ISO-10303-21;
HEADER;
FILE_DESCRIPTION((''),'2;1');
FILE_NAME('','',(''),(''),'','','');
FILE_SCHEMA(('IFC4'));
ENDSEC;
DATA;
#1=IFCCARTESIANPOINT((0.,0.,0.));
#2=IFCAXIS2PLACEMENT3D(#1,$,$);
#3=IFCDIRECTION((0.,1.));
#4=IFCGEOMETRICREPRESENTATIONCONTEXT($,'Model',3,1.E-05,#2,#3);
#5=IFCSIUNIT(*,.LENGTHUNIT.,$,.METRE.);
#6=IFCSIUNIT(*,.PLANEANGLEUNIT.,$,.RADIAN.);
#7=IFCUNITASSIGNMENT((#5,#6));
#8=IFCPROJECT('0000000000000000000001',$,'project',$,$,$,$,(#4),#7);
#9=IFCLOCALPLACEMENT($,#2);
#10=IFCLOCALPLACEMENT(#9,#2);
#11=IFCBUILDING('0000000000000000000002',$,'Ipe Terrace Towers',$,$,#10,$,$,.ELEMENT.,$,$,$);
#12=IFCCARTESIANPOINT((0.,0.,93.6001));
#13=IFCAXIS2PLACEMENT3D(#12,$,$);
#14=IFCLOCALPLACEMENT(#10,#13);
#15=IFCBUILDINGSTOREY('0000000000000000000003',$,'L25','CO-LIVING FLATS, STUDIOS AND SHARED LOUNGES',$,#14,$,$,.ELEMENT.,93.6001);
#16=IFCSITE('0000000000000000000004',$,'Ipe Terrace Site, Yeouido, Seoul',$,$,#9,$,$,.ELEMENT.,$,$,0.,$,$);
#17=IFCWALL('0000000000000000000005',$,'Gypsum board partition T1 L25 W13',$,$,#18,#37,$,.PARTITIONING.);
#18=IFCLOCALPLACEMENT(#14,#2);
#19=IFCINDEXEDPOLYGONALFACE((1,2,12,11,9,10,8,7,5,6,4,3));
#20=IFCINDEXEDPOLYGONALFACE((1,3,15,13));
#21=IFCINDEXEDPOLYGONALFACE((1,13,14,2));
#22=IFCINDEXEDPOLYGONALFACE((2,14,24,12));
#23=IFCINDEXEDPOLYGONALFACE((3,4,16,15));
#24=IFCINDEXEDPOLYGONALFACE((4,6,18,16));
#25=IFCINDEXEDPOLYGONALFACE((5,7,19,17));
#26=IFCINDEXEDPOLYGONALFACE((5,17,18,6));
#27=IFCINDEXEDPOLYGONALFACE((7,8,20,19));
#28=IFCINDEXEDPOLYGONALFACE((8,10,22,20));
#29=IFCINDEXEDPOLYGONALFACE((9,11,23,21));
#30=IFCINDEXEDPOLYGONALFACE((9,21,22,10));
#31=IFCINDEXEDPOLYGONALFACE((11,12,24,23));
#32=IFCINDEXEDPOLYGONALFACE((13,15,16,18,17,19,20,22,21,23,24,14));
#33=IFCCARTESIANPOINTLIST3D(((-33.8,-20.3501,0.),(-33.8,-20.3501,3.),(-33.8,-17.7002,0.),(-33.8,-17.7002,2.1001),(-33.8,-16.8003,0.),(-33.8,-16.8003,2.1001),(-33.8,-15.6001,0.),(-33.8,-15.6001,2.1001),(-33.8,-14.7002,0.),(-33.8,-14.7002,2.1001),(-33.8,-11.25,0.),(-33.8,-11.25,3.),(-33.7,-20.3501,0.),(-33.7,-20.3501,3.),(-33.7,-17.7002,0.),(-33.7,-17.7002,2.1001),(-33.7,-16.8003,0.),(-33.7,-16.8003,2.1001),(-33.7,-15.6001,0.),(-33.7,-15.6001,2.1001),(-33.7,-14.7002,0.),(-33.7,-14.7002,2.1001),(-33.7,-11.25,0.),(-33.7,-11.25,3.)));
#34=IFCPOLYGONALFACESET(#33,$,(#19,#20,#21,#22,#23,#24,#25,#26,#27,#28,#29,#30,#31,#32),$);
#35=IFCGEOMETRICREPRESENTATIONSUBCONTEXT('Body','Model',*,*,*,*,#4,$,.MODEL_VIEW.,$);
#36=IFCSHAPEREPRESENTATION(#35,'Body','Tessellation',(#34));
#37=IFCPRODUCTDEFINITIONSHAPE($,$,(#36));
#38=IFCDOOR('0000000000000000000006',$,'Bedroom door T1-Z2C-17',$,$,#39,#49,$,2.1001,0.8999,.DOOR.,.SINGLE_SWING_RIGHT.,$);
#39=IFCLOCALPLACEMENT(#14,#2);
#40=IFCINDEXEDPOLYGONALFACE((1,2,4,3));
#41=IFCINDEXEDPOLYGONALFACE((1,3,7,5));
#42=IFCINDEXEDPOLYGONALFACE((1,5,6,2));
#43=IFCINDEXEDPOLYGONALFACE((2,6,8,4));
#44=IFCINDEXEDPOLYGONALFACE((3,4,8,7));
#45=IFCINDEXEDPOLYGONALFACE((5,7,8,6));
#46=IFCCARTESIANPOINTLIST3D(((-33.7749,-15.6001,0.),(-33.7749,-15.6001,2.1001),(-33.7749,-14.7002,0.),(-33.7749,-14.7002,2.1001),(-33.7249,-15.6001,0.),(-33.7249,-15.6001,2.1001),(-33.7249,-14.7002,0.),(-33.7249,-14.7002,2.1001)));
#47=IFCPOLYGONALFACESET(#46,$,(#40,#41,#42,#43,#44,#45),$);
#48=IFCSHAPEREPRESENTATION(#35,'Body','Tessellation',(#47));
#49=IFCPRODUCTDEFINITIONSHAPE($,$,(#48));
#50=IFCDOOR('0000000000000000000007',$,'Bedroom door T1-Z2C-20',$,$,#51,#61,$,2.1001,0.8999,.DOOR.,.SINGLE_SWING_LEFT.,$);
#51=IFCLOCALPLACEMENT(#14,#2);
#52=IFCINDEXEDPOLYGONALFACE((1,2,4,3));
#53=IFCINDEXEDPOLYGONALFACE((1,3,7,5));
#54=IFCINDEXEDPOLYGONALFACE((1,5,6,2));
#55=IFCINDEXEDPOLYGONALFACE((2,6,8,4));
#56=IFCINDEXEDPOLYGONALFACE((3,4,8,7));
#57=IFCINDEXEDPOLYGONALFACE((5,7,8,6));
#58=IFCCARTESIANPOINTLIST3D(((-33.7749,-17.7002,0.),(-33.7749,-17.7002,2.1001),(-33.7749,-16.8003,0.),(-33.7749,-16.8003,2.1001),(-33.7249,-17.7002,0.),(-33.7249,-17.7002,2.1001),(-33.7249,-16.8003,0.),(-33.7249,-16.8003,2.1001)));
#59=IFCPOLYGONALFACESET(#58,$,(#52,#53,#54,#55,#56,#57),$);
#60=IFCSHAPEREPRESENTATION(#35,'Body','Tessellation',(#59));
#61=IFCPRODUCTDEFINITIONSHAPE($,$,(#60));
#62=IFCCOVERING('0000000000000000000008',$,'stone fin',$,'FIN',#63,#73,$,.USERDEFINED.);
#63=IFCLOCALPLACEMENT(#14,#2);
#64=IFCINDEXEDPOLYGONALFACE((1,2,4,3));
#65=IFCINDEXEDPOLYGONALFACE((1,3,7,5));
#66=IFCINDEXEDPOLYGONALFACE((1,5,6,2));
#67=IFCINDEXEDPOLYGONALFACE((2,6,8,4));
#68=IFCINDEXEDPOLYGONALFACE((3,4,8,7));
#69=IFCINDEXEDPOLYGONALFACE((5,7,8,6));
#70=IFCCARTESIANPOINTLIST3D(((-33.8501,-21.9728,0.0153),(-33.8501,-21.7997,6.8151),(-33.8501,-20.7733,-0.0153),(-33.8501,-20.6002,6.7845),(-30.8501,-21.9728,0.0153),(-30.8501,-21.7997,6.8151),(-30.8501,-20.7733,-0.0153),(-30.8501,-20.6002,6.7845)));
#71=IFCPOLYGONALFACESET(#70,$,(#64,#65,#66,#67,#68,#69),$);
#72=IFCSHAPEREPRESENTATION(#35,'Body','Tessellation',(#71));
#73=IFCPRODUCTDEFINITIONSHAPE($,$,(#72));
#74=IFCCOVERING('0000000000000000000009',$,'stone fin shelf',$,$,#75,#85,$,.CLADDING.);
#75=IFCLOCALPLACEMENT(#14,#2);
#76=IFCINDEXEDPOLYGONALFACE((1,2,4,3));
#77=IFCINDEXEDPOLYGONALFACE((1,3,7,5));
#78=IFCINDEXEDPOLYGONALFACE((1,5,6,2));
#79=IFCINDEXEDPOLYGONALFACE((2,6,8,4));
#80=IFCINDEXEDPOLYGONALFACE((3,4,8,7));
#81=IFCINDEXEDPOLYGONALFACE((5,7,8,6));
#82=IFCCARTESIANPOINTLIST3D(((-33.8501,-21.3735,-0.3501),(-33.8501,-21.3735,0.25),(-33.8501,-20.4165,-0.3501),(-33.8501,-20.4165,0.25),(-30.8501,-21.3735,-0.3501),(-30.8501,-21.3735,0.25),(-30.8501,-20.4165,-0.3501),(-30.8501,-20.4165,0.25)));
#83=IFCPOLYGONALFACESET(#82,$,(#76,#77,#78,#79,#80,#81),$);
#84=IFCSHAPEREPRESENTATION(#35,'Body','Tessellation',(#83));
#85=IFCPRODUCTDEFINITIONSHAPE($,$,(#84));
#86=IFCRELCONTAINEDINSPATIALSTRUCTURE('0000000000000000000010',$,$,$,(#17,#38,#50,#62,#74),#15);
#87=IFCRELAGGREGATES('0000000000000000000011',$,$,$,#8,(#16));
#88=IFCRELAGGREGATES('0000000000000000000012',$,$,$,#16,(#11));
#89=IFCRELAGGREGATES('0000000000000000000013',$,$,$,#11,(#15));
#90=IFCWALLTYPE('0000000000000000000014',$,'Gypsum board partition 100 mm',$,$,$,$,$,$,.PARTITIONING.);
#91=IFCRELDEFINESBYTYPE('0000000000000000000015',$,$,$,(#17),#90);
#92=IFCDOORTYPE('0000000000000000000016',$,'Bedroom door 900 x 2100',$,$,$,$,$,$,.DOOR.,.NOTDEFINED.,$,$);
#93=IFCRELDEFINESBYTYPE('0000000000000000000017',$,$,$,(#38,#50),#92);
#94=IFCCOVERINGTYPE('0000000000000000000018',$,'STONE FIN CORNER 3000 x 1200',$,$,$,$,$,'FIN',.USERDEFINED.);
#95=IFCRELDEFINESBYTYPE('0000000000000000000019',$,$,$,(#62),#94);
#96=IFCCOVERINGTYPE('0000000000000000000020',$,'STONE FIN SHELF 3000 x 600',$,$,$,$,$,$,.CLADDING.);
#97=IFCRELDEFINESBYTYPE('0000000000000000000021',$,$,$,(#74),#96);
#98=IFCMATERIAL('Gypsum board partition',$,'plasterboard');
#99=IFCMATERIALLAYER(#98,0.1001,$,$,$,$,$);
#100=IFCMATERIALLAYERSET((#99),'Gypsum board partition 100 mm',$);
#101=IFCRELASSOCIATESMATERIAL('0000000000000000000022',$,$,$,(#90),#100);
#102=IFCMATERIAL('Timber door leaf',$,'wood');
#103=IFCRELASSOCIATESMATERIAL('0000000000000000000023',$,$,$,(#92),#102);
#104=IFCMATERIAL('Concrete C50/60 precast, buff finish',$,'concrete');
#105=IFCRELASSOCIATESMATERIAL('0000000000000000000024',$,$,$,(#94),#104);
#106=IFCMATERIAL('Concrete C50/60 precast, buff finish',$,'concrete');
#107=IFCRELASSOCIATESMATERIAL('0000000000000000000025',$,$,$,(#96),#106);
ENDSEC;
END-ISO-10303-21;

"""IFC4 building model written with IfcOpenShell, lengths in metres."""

from ifc_helpers import new_model, si_unit, direction, frame, frame_2d, origin, origin_2d, place, context, subcontext, project, spatial, rectangle, extrude, material, layer, layer_set, material_profile, profile_set, type_object, element, fill, save


model = new_model("IFC4")

# Units and contexts
model_context = context("Model", 3, precision=1e-05, world=origin(), true_north=direction((0.0, 1.0)))
body_context = subcontext(model_context, "Body", "Model", "MODEL_VIEW")
ifc_project = project(units=[si_unit("LENGTHUNIT", "METRE"), si_unit("PLANEANGLEUNIT", "RADIAN")], contexts=[model_context])

# Site, building, storey
site_placement = place(None, origin())
site = spatial("IfcSite", under=ifc_project, at=site_placement, Name="Ipe Terrace Site, Yeouido, Seoul", CompositionType="ELEMENT", RefElevation=0.0)
building_placement = place(site_placement, origin())
building = spatial("IfcBuilding", under=site, at=building_placement, Name="Ipe Terrace Towers", CompositionType="ELEMENT")
storey_placement = place(building_placement, frame((0.0, 0.0, 93.6001)))
storey = spatial("IfcBuildingStorey", under=building, at=storey_placement, Name="L25", Description="CO-LIVING FLATS, STUDIOS AND SHARED LOUNGES", CompositionType="ELEMENT", Elevation=93.6001)

# Wall, openings, doors
ifc_material_1 = material(Name="Gypsum board partition", Category="plasterboard")
ifc_layer_1 = layer(ifc_material_1, 0.1001)
ifc_layer_set_1 = layer_set([ifc_layer_1], Name="Gypsum board partition 100 mm")
wall_type_1 = type_object("IfcWallType", Name="Gypsum board partition 100 mm", PredefinedType="PARTITIONING", material=ifc_layer_set_1)
ifc_material_2 = material(Name="Timber door leaf", Category="wood")
door_type = type_object("IfcDoorType", Name="Bedroom door 900 x 2100", OperationType="NOTDEFINED", PredefinedType="DOOR", material=ifc_material_2)
wall_1_placement = place(storey_placement, frame((-33.75, -20.3501, 0.0), z_axis=(0.0, 0.0, 1.0), x_axis=(0.0, 1.0, 0.0)))
wall_1 = element("IfcWall", 1, at=wall_1_placement, inside=storey, type_object=wall_type_1, Name="Gypsum board partition T1 L25 W13", PredefinedType="PARTITIONING", context=body_context, shape_type="SweptSolid", body=[
    extrude(rectangle(XDim=9.1001, YDim=0.1001, at=frame_2d((4.55, 0.0))), origin(), (0.0, 0.0, 1.0), 3.0),
])
opening_1_placement = place(wall_1_placement, frame((4.75, 0.0, 0.0)))
opening_1 = element("IfcOpeningElement", 2, at=opening_1_placement, cuts=wall_1, PredefinedType="OPENING", context=body_context, shape_type="SweptSolid", body=[
    extrude(rectangle(XDim=0.8999, YDim=2.1001, at=frame_2d((0.45, 1.05))), frame((0.0, 0.0601, 0.0), z_axis=(0.0, -1.0, 0.0), x_axis=(1.0, 0.0, 0.0)), (0.0, 0.0, 1.0), 0.1201),
])
opening_2_placement = place(wall_1_placement, frame((2.6499, 0.0, 0.0)))
opening_2 = element("IfcOpeningElement", 3, at=opening_2_placement, cuts=wall_1, PredefinedType="OPENING", context=body_context, shape_type="SweptSolid", body=[
    extrude(rectangle(XDim=0.8999, YDim=2.1001, at=frame_2d((0.45, 1.05))), frame((0.0, 0.0601, 0.0), z_axis=(0.0, -1.0, 0.0), x_axis=(1.0, 0.0, 0.0)), (0.0, 0.0, 1.0), 0.1201),
])
door_1_placement = place(opening_1_placement, origin())
door_1 = element("IfcDoor", 4, at=door_1_placement, inside=storey, type_object=door_type, Name="Bedroom door T1-Z2C-17", OperationType="SINGLE_SWING_RIGHT", OverallHeight=2.1001, OverallWidth=0.8999, PredefinedType="DOOR", context=body_context, shape_type="SweptSolid", body=[
    extrude(rectangle(XDim=0.8999, YDim=2.1001, at=frame_2d((0.45, 1.05))), frame((0.0, 0.0249, 0.0), z_axis=(0.0, -1.0, 0.0), x_axis=(1.0, 0.0, 0.0)), (0.0, 0.0, 1.0), 0.05),
])
fill(opening_1, door_1)
door_2_placement = place(opening_2_placement, origin())
door_2 = element("IfcDoor", 5, at=door_2_placement, inside=storey, type_object=door_type, Name="Bedroom door T1-Z2C-20", OperationType="SINGLE_SWING_LEFT", OverallHeight=2.1001, OverallWidth=0.8999, PredefinedType="DOOR", context=body_context, shape_type="SweptSolid", body=[
    extrude(rectangle(XDim=0.8999, YDim=2.1001, at=frame_2d((0.45, 1.05))), frame((0.0, 0.0249, 0.0), z_axis=(0.0, -1.0, 0.0), x_axis=(1.0, 0.0, 0.0)), (0.0, 0.0, 1.0), 0.05),
])
fill(opening_2, door_2)

# Coverings
ifc_material_3 = material(Name="Concrete C50/60 precast, buff finish", Category="concrete")
ifc_material_profile_1 = material_profile(ifc_material_3, rectangle(XDim=3.0, YDim=1.2, at=origin_2d()), Name="STONE FIN CORNER 3000 x 1200")
ifc_profile_set_1 = profile_set([ifc_material_profile_1], Name="Concrete C50/60 precast, buff finish")
covering_type_1 = type_object("IfcCoveringType", Name="STONE FIN CORNER 3000 x 1200", ElementType="FIN", PredefinedType="USERDEFINED", material=ifc_profile_set_1)
covering_1_placement = place(storey_placement, frame((-32.3501, -21.373, 0.0), z_axis=(0.0, 0.025448, 0.999676), x_axis=(1.0, 0.0, 0.0)))
element("IfcCovering", 6, at=covering_1_placement, inside=storey, type_object=covering_type_1, Name="stone fin", ObjectType="FIN", PredefinedType="USERDEFINED", context=body_context, shape_type="SweptSolid", body=[
    extrude(rectangle(XDim=3.0, YDim=1.2, at=origin_2d()), origin(), (0.0, 0.0, 1.0), 6.802),
])
ifc_material_4 = material(Name="Concrete C50/60 precast, buff finish", Category="concrete")
covering_type_2 = type_object("IfcCoveringType", Name="STONE FIN SHELF 3000 x 600", PredefinedType="CLADDING", material=ifc_material_4)
covering_2_placement = place(storey_placement, frame((-32.3501, -20.895, -0.3501), z_axis=(0.0, 0.0, 1.0), x_axis=(1.0, 0.0, 0.0)))
element("IfcCovering", 7, at=covering_2_placement, inside=storey, type_object=covering_type_2, Name="stone fin shelf", PredefinedType="CLADDING", context=body_context, shape_type="SweptSolid", body=[
    extrude(rectangle(XDim=3.0, YDim=0.957, at=origin_2d()), origin(), (0.0, 0.0, 1.0), 0.6001),
])

save(model, "model.ifc")
